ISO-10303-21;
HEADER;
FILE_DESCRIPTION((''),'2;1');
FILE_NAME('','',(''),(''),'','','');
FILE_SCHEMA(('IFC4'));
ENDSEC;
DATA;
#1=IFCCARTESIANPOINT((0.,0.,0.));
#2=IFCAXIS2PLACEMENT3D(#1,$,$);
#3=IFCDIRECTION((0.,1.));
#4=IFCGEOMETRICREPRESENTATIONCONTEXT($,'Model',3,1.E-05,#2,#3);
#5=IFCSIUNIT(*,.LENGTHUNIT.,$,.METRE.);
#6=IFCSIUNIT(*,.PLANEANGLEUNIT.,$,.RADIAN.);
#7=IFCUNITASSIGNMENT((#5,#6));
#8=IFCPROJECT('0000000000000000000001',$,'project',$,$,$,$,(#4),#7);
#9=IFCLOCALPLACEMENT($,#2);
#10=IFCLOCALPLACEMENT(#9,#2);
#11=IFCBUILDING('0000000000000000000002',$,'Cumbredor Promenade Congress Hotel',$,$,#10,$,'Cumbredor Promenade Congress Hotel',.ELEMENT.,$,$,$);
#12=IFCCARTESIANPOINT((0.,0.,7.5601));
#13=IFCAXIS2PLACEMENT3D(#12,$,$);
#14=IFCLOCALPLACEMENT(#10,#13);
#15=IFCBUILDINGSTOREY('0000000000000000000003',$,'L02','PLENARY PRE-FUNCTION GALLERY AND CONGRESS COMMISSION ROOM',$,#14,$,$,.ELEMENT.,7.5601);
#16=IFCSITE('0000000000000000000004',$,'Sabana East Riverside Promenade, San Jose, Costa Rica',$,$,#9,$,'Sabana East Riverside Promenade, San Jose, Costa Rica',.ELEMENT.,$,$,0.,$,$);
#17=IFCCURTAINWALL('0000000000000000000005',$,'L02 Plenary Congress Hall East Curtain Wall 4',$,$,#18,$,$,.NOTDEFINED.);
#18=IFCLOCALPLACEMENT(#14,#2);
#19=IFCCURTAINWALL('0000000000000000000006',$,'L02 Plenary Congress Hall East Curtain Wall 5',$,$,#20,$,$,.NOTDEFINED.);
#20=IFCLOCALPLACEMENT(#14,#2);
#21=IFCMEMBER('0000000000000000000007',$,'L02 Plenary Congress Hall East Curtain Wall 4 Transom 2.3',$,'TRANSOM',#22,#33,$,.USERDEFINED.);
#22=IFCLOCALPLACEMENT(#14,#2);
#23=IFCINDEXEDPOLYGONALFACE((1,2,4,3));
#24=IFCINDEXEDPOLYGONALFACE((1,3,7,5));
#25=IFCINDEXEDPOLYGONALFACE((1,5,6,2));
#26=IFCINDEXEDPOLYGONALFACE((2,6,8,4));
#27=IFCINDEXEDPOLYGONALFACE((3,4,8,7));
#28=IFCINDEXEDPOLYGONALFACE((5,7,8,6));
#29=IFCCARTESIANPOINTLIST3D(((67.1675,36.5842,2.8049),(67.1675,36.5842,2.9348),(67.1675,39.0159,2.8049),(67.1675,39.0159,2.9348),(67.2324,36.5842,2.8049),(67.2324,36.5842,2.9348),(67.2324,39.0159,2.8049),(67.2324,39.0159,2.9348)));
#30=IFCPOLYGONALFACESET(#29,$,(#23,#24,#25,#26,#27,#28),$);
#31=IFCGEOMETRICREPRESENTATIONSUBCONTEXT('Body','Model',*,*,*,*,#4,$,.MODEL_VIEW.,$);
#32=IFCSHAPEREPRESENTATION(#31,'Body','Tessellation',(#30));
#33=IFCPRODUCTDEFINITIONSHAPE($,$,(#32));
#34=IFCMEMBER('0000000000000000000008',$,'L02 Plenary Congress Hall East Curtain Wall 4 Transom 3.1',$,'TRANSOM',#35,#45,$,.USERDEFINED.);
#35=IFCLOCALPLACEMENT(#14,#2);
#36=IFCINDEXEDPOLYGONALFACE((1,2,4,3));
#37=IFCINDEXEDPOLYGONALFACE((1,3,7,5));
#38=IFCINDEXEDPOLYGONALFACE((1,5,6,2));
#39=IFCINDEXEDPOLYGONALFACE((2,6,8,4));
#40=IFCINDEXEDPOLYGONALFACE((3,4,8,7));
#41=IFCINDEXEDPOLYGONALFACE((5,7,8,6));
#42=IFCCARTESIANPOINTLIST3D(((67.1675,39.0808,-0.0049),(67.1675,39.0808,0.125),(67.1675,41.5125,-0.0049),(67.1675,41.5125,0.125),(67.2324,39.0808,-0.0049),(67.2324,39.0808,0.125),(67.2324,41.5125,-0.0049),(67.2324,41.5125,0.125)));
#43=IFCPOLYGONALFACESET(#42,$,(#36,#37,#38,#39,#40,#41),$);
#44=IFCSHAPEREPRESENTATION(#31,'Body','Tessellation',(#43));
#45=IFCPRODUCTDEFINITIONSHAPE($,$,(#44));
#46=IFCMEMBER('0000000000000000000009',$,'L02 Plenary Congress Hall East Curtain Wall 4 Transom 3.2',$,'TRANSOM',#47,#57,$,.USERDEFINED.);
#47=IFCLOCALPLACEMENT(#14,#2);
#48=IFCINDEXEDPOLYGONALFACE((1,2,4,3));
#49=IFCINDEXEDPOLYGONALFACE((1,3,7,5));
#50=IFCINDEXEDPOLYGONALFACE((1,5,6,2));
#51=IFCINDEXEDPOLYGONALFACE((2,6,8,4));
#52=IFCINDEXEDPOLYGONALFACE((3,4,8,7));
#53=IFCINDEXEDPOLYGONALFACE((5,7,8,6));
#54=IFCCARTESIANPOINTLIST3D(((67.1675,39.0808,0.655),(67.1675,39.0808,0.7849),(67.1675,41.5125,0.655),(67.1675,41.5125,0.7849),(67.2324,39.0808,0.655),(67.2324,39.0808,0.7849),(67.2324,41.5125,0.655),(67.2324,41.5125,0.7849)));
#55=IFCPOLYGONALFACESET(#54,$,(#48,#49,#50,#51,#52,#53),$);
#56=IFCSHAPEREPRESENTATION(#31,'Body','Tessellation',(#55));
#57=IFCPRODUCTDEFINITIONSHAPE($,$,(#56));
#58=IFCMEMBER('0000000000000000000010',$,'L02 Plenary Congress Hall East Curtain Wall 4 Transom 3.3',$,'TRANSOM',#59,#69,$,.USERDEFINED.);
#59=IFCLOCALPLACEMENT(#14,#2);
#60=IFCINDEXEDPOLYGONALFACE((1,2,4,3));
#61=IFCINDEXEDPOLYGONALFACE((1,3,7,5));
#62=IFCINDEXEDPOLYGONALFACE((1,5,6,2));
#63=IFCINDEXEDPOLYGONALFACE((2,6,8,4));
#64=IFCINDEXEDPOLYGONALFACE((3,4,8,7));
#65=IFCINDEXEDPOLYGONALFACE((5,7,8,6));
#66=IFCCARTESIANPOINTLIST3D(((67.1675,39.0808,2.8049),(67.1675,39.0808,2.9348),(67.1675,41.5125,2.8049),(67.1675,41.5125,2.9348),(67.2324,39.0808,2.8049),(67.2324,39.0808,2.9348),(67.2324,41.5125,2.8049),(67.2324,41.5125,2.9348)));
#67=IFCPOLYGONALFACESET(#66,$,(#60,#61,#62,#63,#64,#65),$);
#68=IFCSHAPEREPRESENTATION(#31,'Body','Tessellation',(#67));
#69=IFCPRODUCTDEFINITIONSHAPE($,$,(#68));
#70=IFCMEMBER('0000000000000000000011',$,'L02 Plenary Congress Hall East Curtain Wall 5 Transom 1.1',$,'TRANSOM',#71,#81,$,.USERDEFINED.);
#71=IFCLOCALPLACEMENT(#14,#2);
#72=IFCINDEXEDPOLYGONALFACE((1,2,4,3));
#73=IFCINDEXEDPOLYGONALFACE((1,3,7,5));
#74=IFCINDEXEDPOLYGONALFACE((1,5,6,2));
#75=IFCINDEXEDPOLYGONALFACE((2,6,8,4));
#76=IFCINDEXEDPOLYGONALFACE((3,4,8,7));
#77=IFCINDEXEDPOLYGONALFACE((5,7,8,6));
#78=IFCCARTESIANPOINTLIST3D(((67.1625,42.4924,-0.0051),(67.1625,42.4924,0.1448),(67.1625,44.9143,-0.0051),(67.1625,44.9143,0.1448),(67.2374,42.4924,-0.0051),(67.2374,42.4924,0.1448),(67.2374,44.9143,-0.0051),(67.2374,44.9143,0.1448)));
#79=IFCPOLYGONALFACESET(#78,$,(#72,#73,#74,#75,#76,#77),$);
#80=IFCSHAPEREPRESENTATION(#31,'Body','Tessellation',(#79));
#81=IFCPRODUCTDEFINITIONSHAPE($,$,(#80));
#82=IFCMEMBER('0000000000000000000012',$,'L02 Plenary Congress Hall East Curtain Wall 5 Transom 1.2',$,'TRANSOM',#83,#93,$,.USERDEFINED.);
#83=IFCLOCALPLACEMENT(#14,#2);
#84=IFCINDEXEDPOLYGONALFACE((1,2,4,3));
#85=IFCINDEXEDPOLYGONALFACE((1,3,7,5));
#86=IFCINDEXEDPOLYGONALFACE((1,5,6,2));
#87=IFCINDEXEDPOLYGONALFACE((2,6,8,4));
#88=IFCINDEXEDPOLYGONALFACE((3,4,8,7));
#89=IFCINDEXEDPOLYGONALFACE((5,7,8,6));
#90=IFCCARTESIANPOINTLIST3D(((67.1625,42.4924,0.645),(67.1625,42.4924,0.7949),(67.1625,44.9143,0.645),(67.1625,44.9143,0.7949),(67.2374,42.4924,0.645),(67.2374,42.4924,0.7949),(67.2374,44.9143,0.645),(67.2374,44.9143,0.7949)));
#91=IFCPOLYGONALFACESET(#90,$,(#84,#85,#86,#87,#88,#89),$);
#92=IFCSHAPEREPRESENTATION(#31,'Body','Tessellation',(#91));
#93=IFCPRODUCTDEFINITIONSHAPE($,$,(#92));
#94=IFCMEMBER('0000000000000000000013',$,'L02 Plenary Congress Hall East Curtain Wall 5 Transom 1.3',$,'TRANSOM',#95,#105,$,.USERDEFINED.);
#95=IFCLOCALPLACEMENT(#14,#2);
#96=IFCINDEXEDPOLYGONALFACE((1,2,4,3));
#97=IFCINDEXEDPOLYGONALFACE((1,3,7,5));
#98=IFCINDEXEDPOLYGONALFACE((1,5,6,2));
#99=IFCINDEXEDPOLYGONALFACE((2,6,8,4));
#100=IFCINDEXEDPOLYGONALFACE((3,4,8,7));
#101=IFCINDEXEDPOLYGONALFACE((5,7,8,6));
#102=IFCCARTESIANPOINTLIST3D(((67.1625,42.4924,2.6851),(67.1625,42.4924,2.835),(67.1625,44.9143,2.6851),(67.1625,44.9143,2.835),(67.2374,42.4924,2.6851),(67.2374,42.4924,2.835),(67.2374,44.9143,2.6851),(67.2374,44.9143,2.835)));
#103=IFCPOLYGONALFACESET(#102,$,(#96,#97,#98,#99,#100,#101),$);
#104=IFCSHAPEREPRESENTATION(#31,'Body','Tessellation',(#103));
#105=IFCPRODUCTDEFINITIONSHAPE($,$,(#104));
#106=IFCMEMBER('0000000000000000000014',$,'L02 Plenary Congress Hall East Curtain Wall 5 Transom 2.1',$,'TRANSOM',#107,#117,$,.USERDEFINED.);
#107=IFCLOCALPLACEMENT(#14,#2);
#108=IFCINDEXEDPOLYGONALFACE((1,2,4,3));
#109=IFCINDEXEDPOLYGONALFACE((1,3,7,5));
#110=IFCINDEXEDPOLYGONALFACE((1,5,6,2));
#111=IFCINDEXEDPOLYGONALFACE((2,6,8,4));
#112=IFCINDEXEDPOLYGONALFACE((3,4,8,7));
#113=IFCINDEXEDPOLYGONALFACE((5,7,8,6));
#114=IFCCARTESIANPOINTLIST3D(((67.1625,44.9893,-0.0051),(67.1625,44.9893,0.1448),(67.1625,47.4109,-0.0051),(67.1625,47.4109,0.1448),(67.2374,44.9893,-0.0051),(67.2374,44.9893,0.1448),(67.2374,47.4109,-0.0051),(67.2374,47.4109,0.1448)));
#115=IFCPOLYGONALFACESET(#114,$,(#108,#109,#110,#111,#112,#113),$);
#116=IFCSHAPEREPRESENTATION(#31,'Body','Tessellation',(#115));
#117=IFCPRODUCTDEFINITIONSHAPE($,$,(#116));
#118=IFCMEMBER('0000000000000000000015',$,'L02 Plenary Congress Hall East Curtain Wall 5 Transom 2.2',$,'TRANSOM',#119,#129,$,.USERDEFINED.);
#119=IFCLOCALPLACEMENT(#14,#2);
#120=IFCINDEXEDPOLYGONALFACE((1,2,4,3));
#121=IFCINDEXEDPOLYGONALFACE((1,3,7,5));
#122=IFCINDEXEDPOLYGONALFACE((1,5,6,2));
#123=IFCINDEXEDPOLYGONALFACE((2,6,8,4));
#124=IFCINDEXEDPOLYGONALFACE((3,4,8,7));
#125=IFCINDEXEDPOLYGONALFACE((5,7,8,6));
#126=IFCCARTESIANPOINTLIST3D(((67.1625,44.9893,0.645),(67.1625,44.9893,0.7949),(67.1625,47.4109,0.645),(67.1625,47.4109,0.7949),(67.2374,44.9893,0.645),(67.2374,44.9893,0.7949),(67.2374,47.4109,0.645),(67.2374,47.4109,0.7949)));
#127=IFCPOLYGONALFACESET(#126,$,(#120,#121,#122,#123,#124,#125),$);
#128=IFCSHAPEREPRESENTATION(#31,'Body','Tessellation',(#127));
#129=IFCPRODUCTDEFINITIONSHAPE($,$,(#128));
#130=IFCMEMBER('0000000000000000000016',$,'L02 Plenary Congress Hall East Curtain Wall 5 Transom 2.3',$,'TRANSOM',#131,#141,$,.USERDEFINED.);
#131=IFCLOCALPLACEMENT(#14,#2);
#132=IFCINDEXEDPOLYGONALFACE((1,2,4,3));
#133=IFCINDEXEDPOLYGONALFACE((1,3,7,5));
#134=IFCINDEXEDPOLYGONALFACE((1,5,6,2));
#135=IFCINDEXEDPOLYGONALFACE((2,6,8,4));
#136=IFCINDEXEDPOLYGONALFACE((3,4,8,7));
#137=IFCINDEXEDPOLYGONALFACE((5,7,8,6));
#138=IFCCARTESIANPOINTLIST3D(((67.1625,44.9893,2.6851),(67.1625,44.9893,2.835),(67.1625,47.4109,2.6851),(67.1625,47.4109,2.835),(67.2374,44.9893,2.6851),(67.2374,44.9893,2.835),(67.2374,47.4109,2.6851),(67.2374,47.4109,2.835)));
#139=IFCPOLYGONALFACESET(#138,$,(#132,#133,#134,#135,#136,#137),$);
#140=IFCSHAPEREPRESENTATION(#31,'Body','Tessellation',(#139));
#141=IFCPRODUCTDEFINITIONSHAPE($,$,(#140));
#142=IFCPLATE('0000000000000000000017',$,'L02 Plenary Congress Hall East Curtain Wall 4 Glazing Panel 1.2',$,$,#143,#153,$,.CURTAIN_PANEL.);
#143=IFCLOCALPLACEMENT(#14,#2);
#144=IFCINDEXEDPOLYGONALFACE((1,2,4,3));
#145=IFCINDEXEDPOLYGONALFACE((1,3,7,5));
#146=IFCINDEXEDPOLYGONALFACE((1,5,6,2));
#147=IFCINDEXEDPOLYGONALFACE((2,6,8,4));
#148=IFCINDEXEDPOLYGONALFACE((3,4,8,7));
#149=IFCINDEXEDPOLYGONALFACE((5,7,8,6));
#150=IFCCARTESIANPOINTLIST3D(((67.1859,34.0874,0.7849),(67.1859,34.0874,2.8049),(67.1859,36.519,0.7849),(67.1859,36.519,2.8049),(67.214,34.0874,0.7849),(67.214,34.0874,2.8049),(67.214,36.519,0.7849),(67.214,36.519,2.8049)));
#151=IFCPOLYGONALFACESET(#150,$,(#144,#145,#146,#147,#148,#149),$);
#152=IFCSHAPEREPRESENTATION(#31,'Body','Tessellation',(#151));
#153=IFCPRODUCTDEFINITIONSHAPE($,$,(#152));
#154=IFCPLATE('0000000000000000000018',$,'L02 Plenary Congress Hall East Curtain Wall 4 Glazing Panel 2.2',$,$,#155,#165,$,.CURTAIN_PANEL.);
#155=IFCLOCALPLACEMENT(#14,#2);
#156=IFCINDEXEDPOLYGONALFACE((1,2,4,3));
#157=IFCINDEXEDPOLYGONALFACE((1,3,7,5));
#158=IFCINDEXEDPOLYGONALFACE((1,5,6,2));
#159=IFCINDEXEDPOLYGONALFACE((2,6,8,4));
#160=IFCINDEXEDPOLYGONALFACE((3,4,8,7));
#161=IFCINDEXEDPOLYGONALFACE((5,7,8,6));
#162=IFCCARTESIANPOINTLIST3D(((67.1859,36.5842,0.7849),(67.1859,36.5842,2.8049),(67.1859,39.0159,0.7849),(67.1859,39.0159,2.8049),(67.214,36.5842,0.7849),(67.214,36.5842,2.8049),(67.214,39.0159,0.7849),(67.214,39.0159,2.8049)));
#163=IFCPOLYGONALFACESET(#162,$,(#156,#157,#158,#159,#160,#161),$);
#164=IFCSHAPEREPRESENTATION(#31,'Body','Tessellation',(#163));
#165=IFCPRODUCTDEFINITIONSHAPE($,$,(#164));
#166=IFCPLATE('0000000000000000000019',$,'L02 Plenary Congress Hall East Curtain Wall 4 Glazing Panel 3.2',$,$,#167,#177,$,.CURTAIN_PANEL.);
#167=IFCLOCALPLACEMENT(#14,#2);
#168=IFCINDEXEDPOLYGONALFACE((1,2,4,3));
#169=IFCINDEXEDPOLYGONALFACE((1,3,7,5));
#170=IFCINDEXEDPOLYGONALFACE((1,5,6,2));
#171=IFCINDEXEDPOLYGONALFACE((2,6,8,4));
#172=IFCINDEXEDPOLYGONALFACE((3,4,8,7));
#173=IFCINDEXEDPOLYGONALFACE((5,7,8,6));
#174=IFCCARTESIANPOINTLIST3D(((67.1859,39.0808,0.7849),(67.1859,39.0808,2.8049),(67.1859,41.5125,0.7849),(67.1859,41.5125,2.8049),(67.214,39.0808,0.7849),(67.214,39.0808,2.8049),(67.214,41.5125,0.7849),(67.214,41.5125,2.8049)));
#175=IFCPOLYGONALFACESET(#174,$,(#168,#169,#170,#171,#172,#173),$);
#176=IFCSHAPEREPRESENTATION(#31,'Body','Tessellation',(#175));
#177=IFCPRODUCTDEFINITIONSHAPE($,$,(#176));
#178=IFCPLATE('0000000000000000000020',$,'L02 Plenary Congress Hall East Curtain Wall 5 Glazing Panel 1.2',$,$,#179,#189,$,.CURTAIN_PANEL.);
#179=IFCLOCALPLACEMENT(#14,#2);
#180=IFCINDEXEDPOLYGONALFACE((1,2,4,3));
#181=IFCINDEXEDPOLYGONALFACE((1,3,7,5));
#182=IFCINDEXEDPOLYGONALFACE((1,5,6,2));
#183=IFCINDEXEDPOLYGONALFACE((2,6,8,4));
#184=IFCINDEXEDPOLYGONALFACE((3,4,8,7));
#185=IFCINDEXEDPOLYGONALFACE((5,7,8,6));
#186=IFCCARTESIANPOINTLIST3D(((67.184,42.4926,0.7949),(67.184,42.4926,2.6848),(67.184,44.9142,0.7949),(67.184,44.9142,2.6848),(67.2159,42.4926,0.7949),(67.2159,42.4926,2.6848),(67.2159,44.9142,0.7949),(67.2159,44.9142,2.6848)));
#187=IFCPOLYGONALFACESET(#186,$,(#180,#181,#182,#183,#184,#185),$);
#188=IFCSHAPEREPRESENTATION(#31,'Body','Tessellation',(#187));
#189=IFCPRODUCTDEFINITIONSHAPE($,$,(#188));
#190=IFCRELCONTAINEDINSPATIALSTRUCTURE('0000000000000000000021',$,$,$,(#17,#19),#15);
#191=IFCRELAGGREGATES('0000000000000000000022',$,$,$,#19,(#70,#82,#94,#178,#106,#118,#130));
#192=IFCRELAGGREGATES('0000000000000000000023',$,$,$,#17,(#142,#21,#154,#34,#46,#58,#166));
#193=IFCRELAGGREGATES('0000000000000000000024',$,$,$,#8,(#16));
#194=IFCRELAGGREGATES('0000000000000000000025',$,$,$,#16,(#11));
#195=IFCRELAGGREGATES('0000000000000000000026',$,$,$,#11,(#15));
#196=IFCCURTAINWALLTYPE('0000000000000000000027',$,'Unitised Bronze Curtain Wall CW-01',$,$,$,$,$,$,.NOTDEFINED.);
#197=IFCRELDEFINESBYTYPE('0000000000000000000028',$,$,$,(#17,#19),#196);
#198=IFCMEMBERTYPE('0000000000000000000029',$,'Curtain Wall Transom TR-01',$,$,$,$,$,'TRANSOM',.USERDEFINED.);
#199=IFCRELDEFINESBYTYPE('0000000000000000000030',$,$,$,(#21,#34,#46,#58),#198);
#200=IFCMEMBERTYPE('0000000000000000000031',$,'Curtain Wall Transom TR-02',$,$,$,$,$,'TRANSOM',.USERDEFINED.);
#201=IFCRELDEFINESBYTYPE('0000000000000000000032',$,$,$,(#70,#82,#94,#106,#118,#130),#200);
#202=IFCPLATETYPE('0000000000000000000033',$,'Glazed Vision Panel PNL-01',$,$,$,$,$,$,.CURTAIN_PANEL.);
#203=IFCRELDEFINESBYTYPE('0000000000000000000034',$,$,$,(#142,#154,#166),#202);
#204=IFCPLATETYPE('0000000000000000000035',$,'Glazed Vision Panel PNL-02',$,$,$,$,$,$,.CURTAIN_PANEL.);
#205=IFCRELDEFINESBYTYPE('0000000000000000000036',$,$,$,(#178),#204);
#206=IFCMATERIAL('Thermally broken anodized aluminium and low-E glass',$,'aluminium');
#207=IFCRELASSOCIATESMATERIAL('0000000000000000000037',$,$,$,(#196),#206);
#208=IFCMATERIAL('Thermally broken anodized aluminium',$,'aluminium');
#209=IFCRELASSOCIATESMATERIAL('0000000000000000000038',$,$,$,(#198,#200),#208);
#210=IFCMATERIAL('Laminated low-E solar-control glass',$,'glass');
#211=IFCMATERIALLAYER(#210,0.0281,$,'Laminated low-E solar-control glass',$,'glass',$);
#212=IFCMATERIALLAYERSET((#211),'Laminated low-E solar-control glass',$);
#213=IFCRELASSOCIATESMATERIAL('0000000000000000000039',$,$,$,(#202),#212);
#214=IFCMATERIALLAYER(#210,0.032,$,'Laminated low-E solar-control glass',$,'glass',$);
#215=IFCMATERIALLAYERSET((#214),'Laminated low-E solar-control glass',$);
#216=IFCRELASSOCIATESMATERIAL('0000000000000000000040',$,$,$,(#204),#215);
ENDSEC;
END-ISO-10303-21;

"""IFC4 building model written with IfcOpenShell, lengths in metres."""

from ifc_helpers import new_model, si_unit, direction, frame, origin, origin_2d, place, context, subcontext, project, spatial, rectangle, extrude, material, layer, layer_set, material_profile, profile_set, type_object, element, aggregate, save


model = new_model("IFC4")

# Units and contexts
model_context = context("Model", 3, precision=1e-05, world=origin(), true_north=direction((0.0, 1.0)))
body_context = subcontext(model_context, "Body", "Model", "MODEL_VIEW")
ifc_project = project(units=[si_unit("LENGTHUNIT", "METRE"), si_unit("PLANEANGLEUNIT", "RADIAN")], contexts=[model_context])

# Site, building, storey
site_placement = place(None, origin())
site = spatial("IfcSite", under=ifc_project, at=site_placement, Name="Sabana East Riverside Promenade, San Jose, Costa Rica", LongName="Sabana East Riverside Promenade, San Jose, Costa Rica", CompositionType="ELEMENT", RefElevation=0.0)
building_placement = place(site_placement, origin())
building = spatial("IfcBuilding", under=site, at=building_placement, Name="Cumbredor Promenade Congress Hotel", LongName="Cumbredor Promenade Congress Hotel", CompositionType="ELEMENT")
storey_placement = place(building_placement, frame((0.0, 0.0, 7.5601)))
storey = spatial("IfcBuildingStorey", under=building, at=storey_placement, Name="L02", Description="PLENARY PRE-FUNCTION GALLERY AND CONGRESS COMMISSION ROOM", CompositionType="ELEMENT", Elevation=7.5601)

# Curtain walls
ifc_material_1 = material(Name="Thermally broken anodized aluminium and low-E glass", Category="aluminium")
curtain_wall_type = type_object("IfcCurtainWallType", Name="Unitised Bronze Curtain Wall CW-01", PredefinedType="NOTDEFINED", material=ifc_material_1)
curtain_wall_1_placement = place(storey_placement, origin())
curtain_wall_1 = element("IfcCurtainWall", 1, at=curtain_wall_1_placement, inside=storey, type_object=curtain_wall_type, Name="L02 Plenary Congress Hall East Curtain Wall 4", PredefinedType="NOTDEFINED")
ifc_material_2 = material(Name="Thermally broken anodized aluminium", Category="aluminium")
curtain_wall_2_placement = place(storey_placement, origin())
curtain_wall_2 = element("IfcCurtainWall", 2, at=curtain_wall_2_placement, inside=storey, type_object=curtain_wall_type, Name="L02 Plenary Congress Hall East Curtain Wall 5", PredefinedType="NOTDEFINED")

# Members
ifc_material_profile_1 = material_profile(ifc_material_2, rectangle(XDim=0.0649, YDim=0.1299, at=origin_2d()), Name="ALU TRANSOM 65x130")
ifc_profile_set_1 = profile_set([ifc_material_profile_1], Name="Thermally broken anodized aluminium")
member_type_1 = type_object("IfcMemberType", Name="Curtain Wall Transom TR-01", ElementType="TRANSOM", PredefinedType="USERDEFINED", material=ifc_profile_set_1)
member_1_placement = place(storey_placement, frame((67.2, 36.5842, 2.8699), z_axis=(0.0, 1.0, 0.0), x_axis=(-1.0, 0.0, 0.0)))
member_1 = element("IfcMember", 3, at=member_1_placement, type_object=member_type_1, Name="L02 Plenary Congress Hall East Curtain Wall 4 Transom 2.3", ObjectType="TRANSOM", PredefinedType="USERDEFINED", context=body_context, shape_type="SweptSolid", body=[
    extrude(rectangle(XDim=0.0649, YDim=0.1299, at=origin_2d()), origin(), (0.0, 0.0, 1.0), 2.4316),
])
member_2_placement = place(storey_placement, frame((67.2, 39.0808, 0.0601), z_axis=(0.0, 1.0, 0.0), x_axis=(-1.0, 0.0, 0.0)))
member_2 = element("IfcMember", 4, at=member_2_placement, type_object=member_type_1, Name="L02 Plenary Congress Hall East Curtain Wall 4 Transom 3.1", ObjectType="TRANSOM", PredefinedType="USERDEFINED", context=body_context, shape_type="SweptSolid", body=[
    extrude(rectangle(XDim=0.0649, YDim=0.1299, at=origin_2d()), origin(), (0.0, 0.0, 1.0), 2.4316),
])
member_3_placement = place(storey_placement, frame((67.2, 39.0808, 0.72), z_axis=(0.0, 1.0, 0.0), x_axis=(-1.0, 0.0, 0.0)))
member_3 = element("IfcMember", 5, at=member_3_placement, type_object=member_type_1, Name="L02 Plenary Congress Hall East Curtain Wall 4 Transom 3.2", ObjectType="TRANSOM", PredefinedType="USERDEFINED", context=body_context, shape_type="SweptSolid", body=[
    extrude(rectangle(XDim=0.0649, YDim=0.1299, at=origin_2d()), origin(), (0.0, 0.0, 1.0), 2.4316),
])
member_4_placement = place(storey_placement, frame((67.2, 39.0808, 2.8699), z_axis=(0.0, 1.0, 0.0), x_axis=(-1.0, 0.0, 0.0)))
member_4 = element("IfcMember", 6, at=member_4_placement, type_object=member_type_1, Name="L02 Plenary Congress Hall East Curtain Wall 4 Transom 3.3", ObjectType="TRANSOM", PredefinedType="USERDEFINED", context=body_context, shape_type="SweptSolid", body=[
    extrude(rectangle(XDim=0.0649, YDim=0.1299, at=origin_2d()), origin(), (0.0, 0.0, 1.0), 2.4316),
])
ifc_material_profile_2 = material_profile(ifc_material_2, rectangle(XDim=0.075, YDim=0.1499, at=origin_2d()), Name="ALU TRANSOM 75x150")
ifc_profile_set_2 = profile_set([ifc_material_profile_2], Name="Thermally broken anodized aluminium")
member_type_2 = type_object("IfcMemberType", Name="Curtain Wall Transom TR-02", ElementType="TRANSOM", PredefinedType="USERDEFINED", material=ifc_profile_set_2)
member_5_placement = place(storey_placement, frame((67.2, 42.4924, 0.0698), z_axis=(0.0, 1.0, 0.0), x_axis=(-1.0, 0.0, 0.0)))
member_5 = element("IfcMember", 7, at=member_5_placement, type_object=member_type_2, Name="L02 Plenary Congress Hall East Curtain Wall 5 Transom 1.1", ObjectType="TRANSOM", PredefinedType="USERDEFINED", context=body_context, shape_type="SweptSolid", body=[
    extrude(rectangle(XDim=0.075, YDim=0.1499, at=origin_2d()), origin(), (0.0, 0.0, 1.0), 2.4219),
])
member_6_placement = place(storey_placement, frame((67.2, 42.4924, 0.72), z_axis=(0.0, 1.0, 0.0), x_axis=(-1.0, 0.0, 0.0)))
member_6 = element("IfcMember", 8, at=member_6_placement, type_object=member_type_2, Name="L02 Plenary Congress Hall East Curtain Wall 5 Transom 1.2", ObjectType="TRANSOM", PredefinedType="USERDEFINED", context=body_context, shape_type="SweptSolid", body=[
    extrude(rectangle(XDim=0.075, YDim=0.1499, at=origin_2d()), origin(), (0.0, 0.0, 1.0), 2.4219),
])
member_7_placement = place(storey_placement, frame((67.2, 42.4924, 2.76), z_axis=(0.0, 1.0, 0.0), x_axis=(-1.0, 0.0, 0.0)))
member_7 = element("IfcMember", 9, at=member_7_placement, type_object=member_type_2, Name="L02 Plenary Congress Hall East Curtain Wall 5 Transom 1.3", ObjectType="TRANSOM", PredefinedType="USERDEFINED", context=body_context, shape_type="SweptSolid", body=[
    extrude(rectangle(XDim=0.075, YDim=0.1499, at=origin_2d()), origin(), (0.0, 0.0, 1.0), 2.4219),
])
member_8_placement = place(storey_placement, frame((67.2, 44.9893, 0.0698), z_axis=(0.0, 1.0, 0.0), x_axis=(-1.0, 0.0, 0.0)))
member_8 = element("IfcMember", 10, at=member_8_placement, type_object=member_type_2, Name="L02 Plenary Congress Hall East Curtain Wall 5 Transom 2.1", ObjectType="TRANSOM", PredefinedType="USERDEFINED", context=body_context, shape_type="SweptSolid", body=[
    extrude(rectangle(XDim=0.075, YDim=0.1499, at=origin_2d()), origin(), (0.0, 0.0, 1.0), 2.4216),
])
member_9_placement = place(storey_placement, frame((67.2, 44.9893, 0.72), z_axis=(0.0, 1.0, 0.0), x_axis=(-1.0, 0.0, 0.0)))
member_9 = element("IfcMember", 11, at=member_9_placement, type_object=member_type_2, Name="L02 Plenary Congress Hall East Curtain Wall 5 Transom 2.2", ObjectType="TRANSOM", PredefinedType="USERDEFINED", context=body_context, shape_type="SweptSolid", body=[
    extrude(rectangle(XDim=0.075, YDim=0.1499, at=origin_2d()), origin(), (0.0, 0.0, 1.0), 2.4216),
])
member_10_placement = place(storey_placement, frame((67.2, 44.9893, 2.76), z_axis=(0.0, 1.0, 0.0), x_axis=(-1.0, 0.0, 0.0)))
member_10 = element("IfcMember", 12, at=member_10_placement, type_object=member_type_2, Name="L02 Plenary Congress Hall East Curtain Wall 5 Transom 2.3", ObjectType="TRANSOM", PredefinedType="USERDEFINED", context=body_context, shape_type="SweptSolid", body=[
    extrude(rectangle(XDim=0.075, YDim=0.1499, at=origin_2d()), origin(), (0.0, 0.0, 1.0), 2.4216),
])

# Plates
ifc_material_3 = material(Name="Laminated low-E solar-control glass", Category="glass")
ifc_layer_1 = layer(ifc_material_3, 0.0281, Name="Laminated low-E solar-control glass", Category="glass")
ifc_layer_set_1 = layer_set([ifc_layer_1], Name="Laminated low-E solar-control glass")
plate_type_1 = type_object("IfcPlateType", Name="Glazed Vision Panel PNL-01", PredefinedType="CURTAIN_PANEL", material=ifc_layer_set_1)
plate_1_placement = place(storey_placement, frame((67.2, 35.3032, 0.7849), z_axis=(0.0, 0.0, 1.0), x_axis=(0.0, 1.0, 0.0)))
plate_1 = element("IfcPlate", 13, at=plate_1_placement, type_object=plate_type_1, Name="L02 Plenary Congress Hall East Curtain Wall 4 Glazing Panel 1.2", PredefinedType="CURTAIN_PANEL", context=body_context, shape_type="SweptSolid", body=[
    extrude(rectangle(XDim=2.4316, YDim=0.0281, at=origin_2d()), origin(), (0.0, 0.0, 1.0), 2.02),
])
plate_2_placement = place(storey_placement, frame((67.2, 37.8, 0.7849), z_axis=(0.0, 0.0, 1.0), x_axis=(0.0, 1.0, 0.0)))
plate_2 = element("IfcPlate", 14, at=plate_2_placement, type_object=plate_type_1, Name="L02 Plenary Congress Hall East Curtain Wall 4 Glazing Panel 2.2", PredefinedType="CURTAIN_PANEL", context=body_context, shape_type="SweptSolid", body=[
    extrude(rectangle(XDim=2.4316, YDim=0.0281, at=origin_2d()), origin(), (0.0, 0.0, 1.0), 2.02),
])
plate_3_placement = place(storey_placement, frame((67.2, 40.2966, 0.7849), z_axis=(0.0, 0.0, 1.0), x_axis=(0.0, 1.0, 0.0)))
plate_3 = element("IfcPlate", 15, at=plate_3_placement, type_object=plate_type_1, Name="L02 Plenary Congress Hall East Curtain Wall 4 Glazing Panel 3.2", PredefinedType="CURTAIN_PANEL", context=body_context, shape_type="SweptSolid", body=[
    extrude(rectangle(XDim=2.4316, YDim=0.0281, at=origin_2d()), origin(), (0.0, 0.0, 1.0), 2.02),
])
ifc_layer_2 = layer(ifc_material_3, 0.032, Name="Laminated low-E solar-control glass", Category="glass")
ifc_layer_set_2 = layer_set([ifc_layer_2], Name="Laminated low-E solar-control glass")
plate_type_2 = type_object("IfcPlateType", Name="Glazed Vision Panel PNL-02", PredefinedType="CURTAIN_PANEL", material=ifc_layer_set_2)
plate_4_placement = place(storey_placement, frame((67.2, 43.7034, 0.7949), z_axis=(0.0, 0.0, 1.0), x_axis=(0.0, 1.0, 0.0)))
plate_4 = element("IfcPlate", 16, at=plate_4_placement, type_object=plate_type_2, Name="L02 Plenary Congress Hall East Curtain Wall 5 Glazing Panel 1.2", PredefinedType="CURTAIN_PANEL", context=body_context, shape_type="SweptSolid", body=[
    extrude(rectangle(XDim=2.4216, YDim=0.032, at=origin_2d()), origin(), (0.0, 0.0, 1.0), 1.8899),
])
aggregate(curtain_wall_2, [member_5, member_6, member_7, plate_4, member_8, member_9, member_10])
aggregate(curtain_wall_1, [plate_1, member_1, plate_2, member_2, member_3, member_4, plate_3])

save(model, "model.ifc")
